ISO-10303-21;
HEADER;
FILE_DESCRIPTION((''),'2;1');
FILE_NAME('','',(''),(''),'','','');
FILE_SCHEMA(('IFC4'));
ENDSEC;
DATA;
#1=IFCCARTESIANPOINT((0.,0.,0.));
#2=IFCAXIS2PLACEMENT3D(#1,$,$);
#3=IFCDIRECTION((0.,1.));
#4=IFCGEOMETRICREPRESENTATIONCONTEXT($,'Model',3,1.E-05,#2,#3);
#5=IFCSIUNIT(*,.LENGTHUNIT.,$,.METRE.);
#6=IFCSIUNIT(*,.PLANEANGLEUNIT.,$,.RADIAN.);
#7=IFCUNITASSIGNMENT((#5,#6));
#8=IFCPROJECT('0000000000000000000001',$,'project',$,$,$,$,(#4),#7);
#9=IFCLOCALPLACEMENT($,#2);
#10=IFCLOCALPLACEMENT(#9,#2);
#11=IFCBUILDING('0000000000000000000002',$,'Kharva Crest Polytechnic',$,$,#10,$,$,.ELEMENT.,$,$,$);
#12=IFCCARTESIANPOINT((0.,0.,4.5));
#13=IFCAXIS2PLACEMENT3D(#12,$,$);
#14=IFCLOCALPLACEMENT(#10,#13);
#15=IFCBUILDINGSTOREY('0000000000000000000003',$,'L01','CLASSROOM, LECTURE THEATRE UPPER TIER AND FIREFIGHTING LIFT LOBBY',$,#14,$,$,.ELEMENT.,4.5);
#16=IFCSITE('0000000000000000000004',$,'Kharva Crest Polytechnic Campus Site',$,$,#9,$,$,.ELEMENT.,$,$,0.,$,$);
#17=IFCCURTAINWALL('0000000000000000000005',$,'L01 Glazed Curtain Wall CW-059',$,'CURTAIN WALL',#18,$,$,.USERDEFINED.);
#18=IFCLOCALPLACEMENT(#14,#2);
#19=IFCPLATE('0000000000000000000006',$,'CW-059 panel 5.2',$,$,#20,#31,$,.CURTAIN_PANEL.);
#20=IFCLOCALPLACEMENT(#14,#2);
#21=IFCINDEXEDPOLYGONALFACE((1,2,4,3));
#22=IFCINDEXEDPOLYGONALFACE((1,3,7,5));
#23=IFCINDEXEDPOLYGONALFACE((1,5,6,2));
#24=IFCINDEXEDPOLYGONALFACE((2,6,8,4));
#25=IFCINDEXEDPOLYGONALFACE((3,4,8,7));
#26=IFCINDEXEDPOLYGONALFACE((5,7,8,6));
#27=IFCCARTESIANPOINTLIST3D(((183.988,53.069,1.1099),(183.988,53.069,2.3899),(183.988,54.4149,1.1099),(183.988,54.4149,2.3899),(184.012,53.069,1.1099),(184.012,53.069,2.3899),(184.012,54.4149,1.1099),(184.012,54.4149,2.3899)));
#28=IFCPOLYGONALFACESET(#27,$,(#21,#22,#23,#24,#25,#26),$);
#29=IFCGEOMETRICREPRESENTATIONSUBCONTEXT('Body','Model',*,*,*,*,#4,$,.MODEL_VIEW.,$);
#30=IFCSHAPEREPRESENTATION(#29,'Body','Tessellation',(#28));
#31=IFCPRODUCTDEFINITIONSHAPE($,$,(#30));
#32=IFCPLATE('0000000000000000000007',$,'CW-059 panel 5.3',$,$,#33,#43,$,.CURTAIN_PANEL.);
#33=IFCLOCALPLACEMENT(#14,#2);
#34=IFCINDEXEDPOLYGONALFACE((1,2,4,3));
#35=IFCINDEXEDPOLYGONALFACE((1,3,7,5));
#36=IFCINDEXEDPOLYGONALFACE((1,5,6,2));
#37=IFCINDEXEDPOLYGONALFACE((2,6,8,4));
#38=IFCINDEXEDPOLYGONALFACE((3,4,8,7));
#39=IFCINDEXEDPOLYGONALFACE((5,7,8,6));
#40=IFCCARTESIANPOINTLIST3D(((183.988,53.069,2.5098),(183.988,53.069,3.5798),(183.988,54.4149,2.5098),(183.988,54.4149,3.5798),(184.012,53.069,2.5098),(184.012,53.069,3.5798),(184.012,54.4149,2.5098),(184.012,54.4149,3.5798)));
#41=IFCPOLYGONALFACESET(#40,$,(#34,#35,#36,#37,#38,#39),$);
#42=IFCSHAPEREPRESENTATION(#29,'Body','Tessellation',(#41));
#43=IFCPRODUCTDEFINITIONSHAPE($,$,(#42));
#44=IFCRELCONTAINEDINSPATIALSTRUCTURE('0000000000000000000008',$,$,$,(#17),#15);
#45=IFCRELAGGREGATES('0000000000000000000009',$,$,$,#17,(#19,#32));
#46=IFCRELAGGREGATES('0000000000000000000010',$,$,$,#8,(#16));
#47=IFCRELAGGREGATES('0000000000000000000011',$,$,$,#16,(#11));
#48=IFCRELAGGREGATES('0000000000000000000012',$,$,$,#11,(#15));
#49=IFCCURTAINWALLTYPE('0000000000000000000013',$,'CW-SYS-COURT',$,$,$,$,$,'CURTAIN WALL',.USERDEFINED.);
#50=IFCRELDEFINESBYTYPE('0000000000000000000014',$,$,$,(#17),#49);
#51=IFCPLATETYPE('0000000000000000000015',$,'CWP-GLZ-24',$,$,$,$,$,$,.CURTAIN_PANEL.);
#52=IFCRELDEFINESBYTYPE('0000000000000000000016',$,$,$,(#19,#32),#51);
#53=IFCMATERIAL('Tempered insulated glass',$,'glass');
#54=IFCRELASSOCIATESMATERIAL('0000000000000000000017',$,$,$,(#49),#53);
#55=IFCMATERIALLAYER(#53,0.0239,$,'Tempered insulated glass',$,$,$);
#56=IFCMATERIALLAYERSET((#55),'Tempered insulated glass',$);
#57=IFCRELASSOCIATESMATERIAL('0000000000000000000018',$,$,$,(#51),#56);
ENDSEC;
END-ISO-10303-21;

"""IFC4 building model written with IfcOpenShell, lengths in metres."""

from ifc_helpers import new_model, si_unit, direction, frame, origin, origin_2d, place, context, subcontext, project, spatial, rectangle, extrude, material, layer, layer_set, type_object, element, aggregate, save


model = new_model("IFC4")

# Units and contexts
model_context = context("Model", 3, precision=1e-05, world=origin(), true_north=direction((0.0, 1.0)))
body_context = subcontext(model_context, "Body", "Model", "MODEL_VIEW")
ifc_project = project(units=[si_unit("LENGTHUNIT", "METRE"), si_unit("PLANEANGLEUNIT", "RADIAN")], contexts=[model_context])

# Site, building, storey
site_placement = place(None, origin())
site = spatial("IfcSite", under=ifc_project, at=site_placement, Name="Kharva Crest Polytechnic Campus Site", CompositionType="ELEMENT", RefElevation=0.0)
building_placement = place(site_placement, origin())
building = spatial("IfcBuilding", under=site, at=building_placement, Name="Kharva Crest Polytechnic", CompositionType="ELEMENT")
storey_placement = place(building_placement, frame((0.0, 0.0, 4.5)))
storey = spatial("IfcBuildingStorey", under=building, at=storey_placement, Name="L01", Description="CLASSROOM, LECTURE THEATRE UPPER TIER AND FIREFIGHTING LIFT LOBBY", CompositionType="ELEMENT", Elevation=4.5)

# Curtain wall
ifc_material_1 = material(Name="Tempered insulated glass", Category="glass")
curtain_wall_type = type_object("IfcCurtainWallType", Name="CW-SYS-COURT", ElementType="CURTAIN WALL", PredefinedType="USERDEFINED", material=ifc_material_1)
curtain_wall_1_placement = place(storey_placement, origin())
curtain_wall_1 = element("IfcCurtainWall", 1, at=curtain_wall_1_placement, inside=storey, type_object=curtain_wall_type, Name="L01 Glazed Curtain Wall CW-059", ObjectType="CURTAIN WALL", PredefinedType="USERDEFINED")

# Plates
ifc_layer = layer(ifc_material_1, 0.0239, Name="Tempered insulated glass")
ifc_layer_set = layer_set([ifc_layer], Name="Tempered insulated glass")
plate_type = type_object("IfcPlateType", Name="CWP-GLZ-24", PredefinedType="CURTAIN_PANEL", material=ifc_layer_set)
plate_1_placement = place(storey_placement, frame((184.0, 53.7419, 1.1099), z_axis=(0.0, 0.0, 1.0), x_axis=(0.0, 1.0, 0.0)))
plate_1 = element("IfcPlate", 2, at=plate_1_placement, type_object=plate_type, Name="CW-059 panel 5.2", PredefinedType="CURTAIN_PANEL", context=body_context, shape_type="SweptSolid", body=[
    extrude(rectangle(XDim=1.3459, YDim=0.0239, at=origin_2d()), origin(), (0.0, 0.0, 1.0), 1.28),
])
plate_2_placement = place(storey_placement, frame((184.0, 53.7419, 2.5098), z_axis=(0.0, 0.0, 1.0), x_axis=(0.0, 1.0, 0.0)))
plate_2 = element("IfcPlate", 3, at=plate_2_placement, type_object=plate_type, Name="CW-059 panel 5.3", PredefinedType="CURTAIN_PANEL", context=body_context, shape_type="SweptSolid", body=[
    extrude(rectangle(XDim=1.3459, YDim=0.0239, at=origin_2d()), origin(), (0.0, 0.0, 1.0), 1.0701),
])
aggregate(curtain_wall_1, [plate_1, plate_2])

save(model, "model.ifc")
